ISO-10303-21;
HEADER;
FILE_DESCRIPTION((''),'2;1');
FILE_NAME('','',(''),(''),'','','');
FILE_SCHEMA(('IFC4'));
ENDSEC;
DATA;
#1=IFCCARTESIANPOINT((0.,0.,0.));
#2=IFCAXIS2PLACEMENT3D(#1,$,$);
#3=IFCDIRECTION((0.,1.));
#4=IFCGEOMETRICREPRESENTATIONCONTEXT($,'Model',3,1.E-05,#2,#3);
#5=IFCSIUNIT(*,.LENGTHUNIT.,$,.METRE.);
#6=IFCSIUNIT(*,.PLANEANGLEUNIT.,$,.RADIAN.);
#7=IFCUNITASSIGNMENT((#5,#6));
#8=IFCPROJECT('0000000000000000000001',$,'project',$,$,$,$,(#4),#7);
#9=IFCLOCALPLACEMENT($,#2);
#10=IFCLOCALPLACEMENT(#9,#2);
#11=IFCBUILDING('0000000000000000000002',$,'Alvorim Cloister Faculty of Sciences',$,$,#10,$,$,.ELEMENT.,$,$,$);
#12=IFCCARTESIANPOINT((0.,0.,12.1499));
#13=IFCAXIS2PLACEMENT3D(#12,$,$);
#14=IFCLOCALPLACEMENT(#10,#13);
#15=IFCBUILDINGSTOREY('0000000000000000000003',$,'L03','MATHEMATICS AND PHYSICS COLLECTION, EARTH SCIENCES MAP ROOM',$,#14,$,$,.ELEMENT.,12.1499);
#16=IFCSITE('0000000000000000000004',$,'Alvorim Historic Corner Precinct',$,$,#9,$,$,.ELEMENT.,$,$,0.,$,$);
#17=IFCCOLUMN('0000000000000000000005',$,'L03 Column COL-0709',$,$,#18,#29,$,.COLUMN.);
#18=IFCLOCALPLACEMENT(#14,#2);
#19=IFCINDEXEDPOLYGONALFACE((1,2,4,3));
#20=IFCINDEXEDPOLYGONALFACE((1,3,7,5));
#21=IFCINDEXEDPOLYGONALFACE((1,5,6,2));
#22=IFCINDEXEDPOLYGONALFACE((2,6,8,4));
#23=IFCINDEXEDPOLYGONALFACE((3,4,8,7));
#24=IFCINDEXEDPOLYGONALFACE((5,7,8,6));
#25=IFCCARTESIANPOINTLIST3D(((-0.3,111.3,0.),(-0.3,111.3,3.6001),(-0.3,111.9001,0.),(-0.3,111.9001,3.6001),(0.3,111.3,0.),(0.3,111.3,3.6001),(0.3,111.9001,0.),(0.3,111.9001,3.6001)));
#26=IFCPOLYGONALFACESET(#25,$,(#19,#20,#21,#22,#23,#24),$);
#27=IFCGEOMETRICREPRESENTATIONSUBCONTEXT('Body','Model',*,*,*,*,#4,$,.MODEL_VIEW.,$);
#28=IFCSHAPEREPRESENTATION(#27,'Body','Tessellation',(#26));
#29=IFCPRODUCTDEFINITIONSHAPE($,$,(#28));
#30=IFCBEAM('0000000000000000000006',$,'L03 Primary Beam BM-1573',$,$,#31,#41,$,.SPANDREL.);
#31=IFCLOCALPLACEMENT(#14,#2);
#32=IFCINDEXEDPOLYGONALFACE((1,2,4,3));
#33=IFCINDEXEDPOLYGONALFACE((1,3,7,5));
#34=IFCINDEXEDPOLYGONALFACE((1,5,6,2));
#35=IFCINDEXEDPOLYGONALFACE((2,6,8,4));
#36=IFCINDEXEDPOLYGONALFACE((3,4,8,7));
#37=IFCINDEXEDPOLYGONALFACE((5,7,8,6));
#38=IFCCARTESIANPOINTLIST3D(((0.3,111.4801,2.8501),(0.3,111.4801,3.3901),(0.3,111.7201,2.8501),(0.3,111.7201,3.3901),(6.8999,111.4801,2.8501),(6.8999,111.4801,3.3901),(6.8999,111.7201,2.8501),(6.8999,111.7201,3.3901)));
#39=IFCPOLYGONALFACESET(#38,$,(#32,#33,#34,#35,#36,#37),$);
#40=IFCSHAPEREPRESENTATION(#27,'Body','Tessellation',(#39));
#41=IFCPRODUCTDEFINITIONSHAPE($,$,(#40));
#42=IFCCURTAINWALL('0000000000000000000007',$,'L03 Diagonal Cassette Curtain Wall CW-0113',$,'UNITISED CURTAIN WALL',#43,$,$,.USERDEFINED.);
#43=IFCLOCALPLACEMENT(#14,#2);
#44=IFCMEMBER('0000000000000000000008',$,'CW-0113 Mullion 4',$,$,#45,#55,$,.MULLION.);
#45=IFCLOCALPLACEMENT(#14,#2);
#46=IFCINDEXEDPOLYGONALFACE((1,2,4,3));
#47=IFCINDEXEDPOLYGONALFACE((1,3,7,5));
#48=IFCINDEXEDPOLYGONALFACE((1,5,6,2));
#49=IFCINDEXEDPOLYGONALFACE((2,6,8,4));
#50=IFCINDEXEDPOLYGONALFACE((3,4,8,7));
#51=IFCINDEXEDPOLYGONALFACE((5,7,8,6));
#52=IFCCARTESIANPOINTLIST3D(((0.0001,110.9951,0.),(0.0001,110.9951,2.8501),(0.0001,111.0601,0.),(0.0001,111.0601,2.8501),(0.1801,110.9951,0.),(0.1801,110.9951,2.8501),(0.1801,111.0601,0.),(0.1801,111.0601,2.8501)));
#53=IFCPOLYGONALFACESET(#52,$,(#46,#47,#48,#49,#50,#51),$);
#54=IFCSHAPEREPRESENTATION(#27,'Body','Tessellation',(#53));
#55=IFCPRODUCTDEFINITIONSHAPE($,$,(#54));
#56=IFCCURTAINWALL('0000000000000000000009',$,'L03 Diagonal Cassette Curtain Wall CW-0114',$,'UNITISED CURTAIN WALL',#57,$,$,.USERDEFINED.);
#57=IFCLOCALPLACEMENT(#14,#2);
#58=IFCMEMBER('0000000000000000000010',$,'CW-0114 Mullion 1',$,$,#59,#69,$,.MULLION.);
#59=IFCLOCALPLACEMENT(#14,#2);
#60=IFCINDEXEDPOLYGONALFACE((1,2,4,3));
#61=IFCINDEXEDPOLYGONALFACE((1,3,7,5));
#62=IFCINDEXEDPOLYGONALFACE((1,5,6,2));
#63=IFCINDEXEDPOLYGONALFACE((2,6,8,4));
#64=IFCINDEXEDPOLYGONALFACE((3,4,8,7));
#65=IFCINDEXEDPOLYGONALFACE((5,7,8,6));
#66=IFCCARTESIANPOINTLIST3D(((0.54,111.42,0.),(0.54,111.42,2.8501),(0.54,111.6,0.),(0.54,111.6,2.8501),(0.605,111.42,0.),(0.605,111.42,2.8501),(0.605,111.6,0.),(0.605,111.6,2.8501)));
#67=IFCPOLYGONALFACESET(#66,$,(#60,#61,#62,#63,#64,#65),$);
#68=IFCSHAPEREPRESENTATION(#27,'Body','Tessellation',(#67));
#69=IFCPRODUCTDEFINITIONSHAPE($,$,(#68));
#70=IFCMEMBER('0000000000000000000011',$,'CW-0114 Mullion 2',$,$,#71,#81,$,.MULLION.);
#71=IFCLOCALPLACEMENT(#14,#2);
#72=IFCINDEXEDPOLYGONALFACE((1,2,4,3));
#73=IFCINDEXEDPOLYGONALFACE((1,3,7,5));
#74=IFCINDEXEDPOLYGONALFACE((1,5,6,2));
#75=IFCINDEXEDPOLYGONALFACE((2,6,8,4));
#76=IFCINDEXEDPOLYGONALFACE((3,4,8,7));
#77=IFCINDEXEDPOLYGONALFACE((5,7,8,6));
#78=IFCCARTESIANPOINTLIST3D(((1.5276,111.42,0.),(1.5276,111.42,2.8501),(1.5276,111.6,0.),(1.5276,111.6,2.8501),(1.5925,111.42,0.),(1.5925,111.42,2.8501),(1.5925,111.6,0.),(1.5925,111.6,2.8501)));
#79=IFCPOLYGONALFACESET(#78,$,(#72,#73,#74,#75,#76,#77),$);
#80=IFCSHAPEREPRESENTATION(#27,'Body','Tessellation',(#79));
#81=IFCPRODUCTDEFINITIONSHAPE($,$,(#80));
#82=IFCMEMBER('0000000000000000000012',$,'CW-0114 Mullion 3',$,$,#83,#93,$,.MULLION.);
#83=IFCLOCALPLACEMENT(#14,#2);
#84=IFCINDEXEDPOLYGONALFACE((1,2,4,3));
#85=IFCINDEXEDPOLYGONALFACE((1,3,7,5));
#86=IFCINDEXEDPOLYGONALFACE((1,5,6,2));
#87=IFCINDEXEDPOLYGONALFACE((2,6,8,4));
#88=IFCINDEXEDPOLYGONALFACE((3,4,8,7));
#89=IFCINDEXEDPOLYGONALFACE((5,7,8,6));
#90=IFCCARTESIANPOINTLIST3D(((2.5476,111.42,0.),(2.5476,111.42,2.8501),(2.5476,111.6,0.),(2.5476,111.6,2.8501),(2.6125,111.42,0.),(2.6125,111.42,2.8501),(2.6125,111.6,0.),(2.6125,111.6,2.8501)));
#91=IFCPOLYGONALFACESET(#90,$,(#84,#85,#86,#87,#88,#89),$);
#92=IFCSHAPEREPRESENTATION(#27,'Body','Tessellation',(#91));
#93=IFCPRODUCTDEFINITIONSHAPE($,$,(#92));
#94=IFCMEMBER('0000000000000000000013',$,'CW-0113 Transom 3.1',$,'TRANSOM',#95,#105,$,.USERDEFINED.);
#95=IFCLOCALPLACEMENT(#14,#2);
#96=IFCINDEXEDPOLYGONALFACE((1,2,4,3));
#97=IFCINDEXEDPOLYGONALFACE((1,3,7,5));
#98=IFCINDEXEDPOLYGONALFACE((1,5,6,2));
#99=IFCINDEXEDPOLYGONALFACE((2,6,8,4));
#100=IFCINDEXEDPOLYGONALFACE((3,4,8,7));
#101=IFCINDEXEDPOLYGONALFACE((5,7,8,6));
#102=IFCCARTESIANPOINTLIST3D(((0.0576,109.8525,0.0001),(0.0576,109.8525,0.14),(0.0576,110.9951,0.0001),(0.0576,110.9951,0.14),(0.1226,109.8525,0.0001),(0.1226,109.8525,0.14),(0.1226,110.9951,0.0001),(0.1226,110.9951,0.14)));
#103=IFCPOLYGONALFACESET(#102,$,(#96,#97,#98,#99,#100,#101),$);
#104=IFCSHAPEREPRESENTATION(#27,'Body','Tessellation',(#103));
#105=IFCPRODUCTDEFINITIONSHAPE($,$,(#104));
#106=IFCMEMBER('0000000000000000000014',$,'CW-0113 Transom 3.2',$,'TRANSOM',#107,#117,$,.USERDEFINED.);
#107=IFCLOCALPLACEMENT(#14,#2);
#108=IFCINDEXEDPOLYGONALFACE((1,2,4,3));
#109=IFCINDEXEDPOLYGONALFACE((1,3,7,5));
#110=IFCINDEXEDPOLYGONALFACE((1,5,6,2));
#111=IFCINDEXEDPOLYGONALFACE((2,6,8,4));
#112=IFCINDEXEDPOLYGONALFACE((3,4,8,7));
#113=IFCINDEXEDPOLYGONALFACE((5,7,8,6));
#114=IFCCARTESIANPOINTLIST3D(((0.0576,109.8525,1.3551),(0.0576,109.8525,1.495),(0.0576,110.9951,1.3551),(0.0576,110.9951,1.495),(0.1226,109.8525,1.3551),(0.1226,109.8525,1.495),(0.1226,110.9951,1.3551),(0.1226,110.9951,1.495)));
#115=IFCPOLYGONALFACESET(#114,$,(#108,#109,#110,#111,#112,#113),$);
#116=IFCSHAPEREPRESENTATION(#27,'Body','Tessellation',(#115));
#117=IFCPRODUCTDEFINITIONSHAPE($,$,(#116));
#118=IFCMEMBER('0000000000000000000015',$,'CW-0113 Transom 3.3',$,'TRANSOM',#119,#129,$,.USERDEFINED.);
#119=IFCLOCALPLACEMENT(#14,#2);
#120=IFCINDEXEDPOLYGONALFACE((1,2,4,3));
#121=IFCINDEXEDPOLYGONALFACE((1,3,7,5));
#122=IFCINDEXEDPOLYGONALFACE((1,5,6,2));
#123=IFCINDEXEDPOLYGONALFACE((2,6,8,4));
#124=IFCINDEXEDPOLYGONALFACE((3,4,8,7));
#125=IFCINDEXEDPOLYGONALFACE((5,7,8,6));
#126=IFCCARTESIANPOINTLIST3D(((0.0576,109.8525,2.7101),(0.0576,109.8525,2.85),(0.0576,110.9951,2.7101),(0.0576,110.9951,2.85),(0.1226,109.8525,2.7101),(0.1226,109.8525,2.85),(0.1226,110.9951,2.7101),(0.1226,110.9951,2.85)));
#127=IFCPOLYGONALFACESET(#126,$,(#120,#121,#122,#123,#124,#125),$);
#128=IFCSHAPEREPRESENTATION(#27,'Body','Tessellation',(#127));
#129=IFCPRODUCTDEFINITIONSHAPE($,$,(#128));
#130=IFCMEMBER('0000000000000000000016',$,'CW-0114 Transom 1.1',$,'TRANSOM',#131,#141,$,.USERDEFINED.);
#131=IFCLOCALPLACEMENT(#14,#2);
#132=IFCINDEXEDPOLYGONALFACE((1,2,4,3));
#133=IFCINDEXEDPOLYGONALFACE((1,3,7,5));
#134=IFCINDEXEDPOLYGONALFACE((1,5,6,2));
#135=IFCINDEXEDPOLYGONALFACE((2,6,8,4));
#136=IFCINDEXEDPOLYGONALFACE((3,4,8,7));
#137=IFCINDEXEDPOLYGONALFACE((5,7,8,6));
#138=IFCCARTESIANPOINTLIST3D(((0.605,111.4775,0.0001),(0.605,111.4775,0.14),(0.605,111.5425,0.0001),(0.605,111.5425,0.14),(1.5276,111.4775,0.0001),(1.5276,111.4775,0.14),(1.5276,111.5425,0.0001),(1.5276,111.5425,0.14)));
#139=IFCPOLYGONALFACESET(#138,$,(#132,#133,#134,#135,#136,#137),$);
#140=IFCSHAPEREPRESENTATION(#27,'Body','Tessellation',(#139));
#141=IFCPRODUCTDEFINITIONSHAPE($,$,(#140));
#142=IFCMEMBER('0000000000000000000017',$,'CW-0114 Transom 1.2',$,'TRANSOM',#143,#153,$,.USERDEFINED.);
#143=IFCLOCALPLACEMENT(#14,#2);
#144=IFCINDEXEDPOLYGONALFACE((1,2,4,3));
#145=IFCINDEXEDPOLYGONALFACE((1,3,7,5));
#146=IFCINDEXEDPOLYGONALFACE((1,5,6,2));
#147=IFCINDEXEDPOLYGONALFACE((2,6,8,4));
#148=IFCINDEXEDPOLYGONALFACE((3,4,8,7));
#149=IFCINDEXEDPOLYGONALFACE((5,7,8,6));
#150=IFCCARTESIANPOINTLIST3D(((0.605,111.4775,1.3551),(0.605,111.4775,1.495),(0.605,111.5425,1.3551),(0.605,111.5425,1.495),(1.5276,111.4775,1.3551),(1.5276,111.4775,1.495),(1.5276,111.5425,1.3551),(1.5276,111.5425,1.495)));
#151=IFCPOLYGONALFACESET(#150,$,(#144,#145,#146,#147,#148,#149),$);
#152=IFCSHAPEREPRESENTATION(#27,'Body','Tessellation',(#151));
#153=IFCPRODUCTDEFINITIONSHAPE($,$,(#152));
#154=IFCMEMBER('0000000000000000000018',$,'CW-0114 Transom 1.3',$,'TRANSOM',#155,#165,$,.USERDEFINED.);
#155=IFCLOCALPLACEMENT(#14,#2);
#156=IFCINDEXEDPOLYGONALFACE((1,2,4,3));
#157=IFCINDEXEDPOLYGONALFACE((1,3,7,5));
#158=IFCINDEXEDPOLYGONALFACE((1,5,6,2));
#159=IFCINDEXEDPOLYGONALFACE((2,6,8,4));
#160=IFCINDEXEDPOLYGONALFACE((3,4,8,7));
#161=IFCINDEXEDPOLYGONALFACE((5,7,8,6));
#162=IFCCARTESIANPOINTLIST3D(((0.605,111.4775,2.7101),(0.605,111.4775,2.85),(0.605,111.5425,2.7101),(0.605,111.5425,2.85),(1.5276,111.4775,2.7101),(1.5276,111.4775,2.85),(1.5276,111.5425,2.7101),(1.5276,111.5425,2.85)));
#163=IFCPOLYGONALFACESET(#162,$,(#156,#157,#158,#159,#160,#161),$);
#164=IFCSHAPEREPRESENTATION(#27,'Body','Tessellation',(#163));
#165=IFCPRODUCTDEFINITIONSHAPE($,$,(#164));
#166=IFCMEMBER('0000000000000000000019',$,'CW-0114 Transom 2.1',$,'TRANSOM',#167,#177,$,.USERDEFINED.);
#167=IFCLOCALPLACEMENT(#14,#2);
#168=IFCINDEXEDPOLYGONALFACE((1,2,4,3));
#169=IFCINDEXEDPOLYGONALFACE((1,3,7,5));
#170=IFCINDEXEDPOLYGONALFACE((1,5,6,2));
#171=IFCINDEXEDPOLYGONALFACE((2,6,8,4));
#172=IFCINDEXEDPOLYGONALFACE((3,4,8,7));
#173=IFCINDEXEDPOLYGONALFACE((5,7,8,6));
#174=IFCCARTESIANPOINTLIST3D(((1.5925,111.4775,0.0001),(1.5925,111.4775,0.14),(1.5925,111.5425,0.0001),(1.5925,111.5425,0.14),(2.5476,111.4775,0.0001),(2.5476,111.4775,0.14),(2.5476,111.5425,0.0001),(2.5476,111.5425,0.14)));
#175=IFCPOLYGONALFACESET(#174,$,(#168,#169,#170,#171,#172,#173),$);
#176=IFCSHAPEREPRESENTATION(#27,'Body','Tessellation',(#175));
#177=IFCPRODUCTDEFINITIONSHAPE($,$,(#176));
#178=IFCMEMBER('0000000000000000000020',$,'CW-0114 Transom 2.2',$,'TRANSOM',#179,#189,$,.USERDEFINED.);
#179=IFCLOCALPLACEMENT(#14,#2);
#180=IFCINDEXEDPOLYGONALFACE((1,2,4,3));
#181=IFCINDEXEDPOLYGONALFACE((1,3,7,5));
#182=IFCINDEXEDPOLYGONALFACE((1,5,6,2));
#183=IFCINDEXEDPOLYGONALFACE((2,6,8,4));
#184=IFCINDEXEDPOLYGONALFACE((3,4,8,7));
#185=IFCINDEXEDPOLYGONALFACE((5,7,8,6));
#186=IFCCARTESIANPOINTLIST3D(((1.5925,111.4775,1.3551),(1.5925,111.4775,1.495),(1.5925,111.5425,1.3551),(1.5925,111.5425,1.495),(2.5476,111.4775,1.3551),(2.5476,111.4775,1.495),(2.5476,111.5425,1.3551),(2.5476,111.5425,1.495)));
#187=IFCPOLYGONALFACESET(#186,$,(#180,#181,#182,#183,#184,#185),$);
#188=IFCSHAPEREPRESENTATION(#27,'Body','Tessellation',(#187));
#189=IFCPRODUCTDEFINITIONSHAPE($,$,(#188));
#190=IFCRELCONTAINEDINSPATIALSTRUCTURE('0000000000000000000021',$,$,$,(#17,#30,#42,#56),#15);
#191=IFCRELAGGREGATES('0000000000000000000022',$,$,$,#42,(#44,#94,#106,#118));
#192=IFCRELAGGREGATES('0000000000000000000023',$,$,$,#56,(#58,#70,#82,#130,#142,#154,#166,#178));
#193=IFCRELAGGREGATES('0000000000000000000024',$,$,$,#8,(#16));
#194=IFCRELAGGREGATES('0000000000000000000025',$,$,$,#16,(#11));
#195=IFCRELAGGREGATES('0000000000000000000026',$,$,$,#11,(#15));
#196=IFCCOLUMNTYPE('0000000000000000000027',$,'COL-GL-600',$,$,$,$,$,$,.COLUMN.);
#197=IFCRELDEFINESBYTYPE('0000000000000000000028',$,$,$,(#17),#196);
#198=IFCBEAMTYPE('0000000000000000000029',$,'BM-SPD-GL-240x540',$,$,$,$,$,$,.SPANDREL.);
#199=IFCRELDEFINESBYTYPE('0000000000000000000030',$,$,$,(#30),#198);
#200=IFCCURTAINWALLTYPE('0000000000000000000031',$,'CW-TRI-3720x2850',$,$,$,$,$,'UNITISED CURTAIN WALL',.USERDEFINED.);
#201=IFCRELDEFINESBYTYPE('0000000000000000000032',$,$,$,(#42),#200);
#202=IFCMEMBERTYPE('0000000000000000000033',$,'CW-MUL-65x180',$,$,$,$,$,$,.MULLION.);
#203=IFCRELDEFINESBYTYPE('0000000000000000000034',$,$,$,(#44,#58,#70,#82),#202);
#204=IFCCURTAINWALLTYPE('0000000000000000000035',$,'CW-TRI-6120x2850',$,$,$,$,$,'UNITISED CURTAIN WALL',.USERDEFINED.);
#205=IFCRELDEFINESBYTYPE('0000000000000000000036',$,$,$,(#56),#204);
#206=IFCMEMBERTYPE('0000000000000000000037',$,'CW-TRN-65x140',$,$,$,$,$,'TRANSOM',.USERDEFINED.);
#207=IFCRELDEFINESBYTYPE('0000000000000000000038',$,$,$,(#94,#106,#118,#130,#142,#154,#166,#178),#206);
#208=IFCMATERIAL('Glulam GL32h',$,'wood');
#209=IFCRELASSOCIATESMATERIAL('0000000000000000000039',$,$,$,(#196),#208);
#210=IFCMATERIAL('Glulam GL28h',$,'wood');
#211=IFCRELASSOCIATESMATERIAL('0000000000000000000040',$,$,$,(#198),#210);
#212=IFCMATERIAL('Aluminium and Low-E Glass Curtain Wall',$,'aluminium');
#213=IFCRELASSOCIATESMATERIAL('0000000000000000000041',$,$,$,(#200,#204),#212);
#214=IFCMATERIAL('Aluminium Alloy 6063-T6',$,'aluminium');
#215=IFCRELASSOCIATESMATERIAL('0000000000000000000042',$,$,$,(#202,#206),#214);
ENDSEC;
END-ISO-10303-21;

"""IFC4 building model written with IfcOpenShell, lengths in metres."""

from ifc_helpers import new_model, si_unit, direction, frame, origin, origin_2d, place, context, subcontext, project, spatial, rectangle, extrude, material, material_profile, profile_set, type_object, element, aggregate, save


model = new_model("IFC4")

# Units and contexts
model_context = context("Model", 3, precision=1e-05, world=origin(), true_north=direction((0.0, 1.0)))
body_context = subcontext(model_context, "Body", "Model", "MODEL_VIEW")
ifc_project = project(units=[si_unit("LENGTHUNIT", "METRE"), si_unit("PLANEANGLEUNIT", "RADIAN")], contexts=[model_context])

# Site, building, storey
site_placement = place(None, origin())
site = spatial("IfcSite", under=ifc_project, at=site_placement, Name="Alvorim Historic Corner Precinct", CompositionType="ELEMENT", RefElevation=0.0)
building_placement = place(site_placement, origin())
building = spatial("IfcBuilding", under=site, at=building_placement, Name="Alvorim Cloister Faculty of Sciences", CompositionType="ELEMENT")
storey_placement = place(building_placement, frame((0.0, 0.0, 12.1499)))
storey = spatial("IfcBuildingStorey", under=building, at=storey_placement, Name="L03", Description="MATHEMATICS AND PHYSICS COLLECTION, EARTH SCIENCES MAP ROOM", CompositionType="ELEMENT", Elevation=12.1499)

# Column
ifc_material_1 = material(Name="Glulam GL32h", Category="wood")
ifc_material_profile_1 = material_profile(ifc_material_1, rectangle(XDim=0.6001, YDim=0.6001, at=origin_2d()), Name="GL32-COL-600x600")
ifc_profile_set_1 = profile_set([ifc_material_profile_1], Name="Glulam GL32h")
column_type = type_object("IfcColumnType", Name="COL-GL-600", PredefinedType="COLUMN", material=ifc_profile_set_1)
column_placement = place(storey_placement, frame((0.0, 111.6001, 0.0), z_axis=(0.0, 0.0, 1.0), x_axis=(1.0, 0.0, 0.0)))
element("IfcColumn", 1, at=column_placement, inside=storey, type_object=column_type, Name="L03 Column COL-0709", PredefinedType="COLUMN", context=body_context, shape_type="SweptSolid", body=[
    extrude(rectangle(XDim=0.6001, YDim=0.6001, at=origin_2d()), origin(), (0.0, 0.0, 1.0), 3.6001),
])

# Beam
ifc_material_2 = material(Name="Glulam GL28h", Category="wood")
ifc_material_profile_2 = material_profile(ifc_material_2, rectangle(XDim=0.24, YDim=0.54, at=origin_2d()), Name="GL28-SPD-240x540")
ifc_profile_set_2 = profile_set([ifc_material_profile_2], Name="Glulam GL28h")
beam_type = type_object("IfcBeamType", Name="BM-SPD-GL-240x540", PredefinedType="SPANDREL", material=ifc_profile_set_2)
beam_placement = place(storey_placement, frame((0.3, 111.6001, 3.1201), z_axis=(1.0, 0.0, 0.0), x_axis=(0.0, 1.0, 0.0)))
element("IfcBeam", 2, at=beam_placement, inside=storey, type_object=beam_type, Name="L03 Primary Beam BM-1573", PredefinedType="SPANDREL", context=body_context, shape_type="SweptSolid", body=[
    extrude(rectangle(XDim=0.24, YDim=0.54, at=origin_2d()), origin(), (0.0, 0.0, 1.0), 6.5999),
])

# Curtain wall, member
ifc_material_3 = material(Name="Aluminium and Low-E Glass Curtain Wall", Category="aluminium")
curtain_wall_type_1 = type_object("IfcCurtainWallType", Name="CW-TRI-3720x2850", ElementType="UNITISED CURTAIN WALL", PredefinedType="USERDEFINED", material=ifc_material_3)
curtain_wall_1_placement = place(storey_placement, origin())
curtain_wall_1 = element("IfcCurtainWall", 3, at=curtain_wall_1_placement, inside=storey, type_object=curtain_wall_type_1, Name="L03 Diagonal Cassette Curtain Wall CW-0113", ObjectType="UNITISED CURTAIN WALL", PredefinedType="USERDEFINED")
ifc_material_4 = material(Name="Aluminium Alloy 6063-T6", Category="aluminium")
ifc_material_profile_3 = material_profile(ifc_material_4, rectangle(XDim=0.0649, YDim=0.1799, at=origin_2d()), Name="ALU-MUL-65x180")
ifc_profile_set_3 = profile_set([ifc_material_profile_3], Name="Aluminium Alloy 6063-T6")
member_type_1 = type_object("IfcMemberType", Name="CW-MUL-65x180", PredefinedType="MULLION", material=ifc_profile_set_3)
member_1_placement = place(storey_placement, frame((0.0901, 111.0276, 0.0), z_axis=(0.0, 0.0, 1.0), x_axis=(0.0, 1.0, 0.0)))
member_1 = element("IfcMember", 4, at=member_1_placement, type_object=member_type_1, Name="CW-0113 Mullion 4", PredefinedType="MULLION", context=body_context, shape_type="SweptSolid", body=[
    extrude(rectangle(XDim=0.0649, YDim=0.1799, at=origin_2d()), origin(), (0.0, 0.0, 1.0), 2.8501),
])

# Curtain wall, members
curtain_wall_type_2 = type_object("IfcCurtainWallType", Name="CW-TRI-6120x2850", ElementType="UNITISED CURTAIN WALL", PredefinedType="USERDEFINED", material=ifc_material_3)
curtain_wall_2_placement = place(storey_placement, origin())
curtain_wall_2 = element("IfcCurtainWall", 5, at=curtain_wall_2_placement, inside=storey, type_object=curtain_wall_type_2, Name="L03 Diagonal Cassette Curtain Wall CW-0114", ObjectType="UNITISED CURTAIN WALL", PredefinedType="USERDEFINED")
member_2_placement = place(storey_placement, frame((0.5725, 111.51, 0.0), z_axis=(0.0, 0.0, 1.0), x_axis=(1.0, 0.0, 0.0)))
member_2 = element("IfcMember", 6, at=member_2_placement, type_object=member_type_1, Name="CW-0114 Mullion 1", PredefinedType="MULLION", context=body_context, shape_type="SweptSolid", body=[
    extrude(rectangle(XDim=0.0649, YDim=0.1799, at=origin_2d()), origin(), (0.0, 0.0, 1.0), 2.8501),
])
member_3_placement = place(storey_placement, frame((1.5601, 111.51, 0.0), z_axis=(0.0, 0.0, 1.0), x_axis=(1.0, 0.0, 0.0)))
member_3 = element("IfcMember", 7, at=member_3_placement, type_object=member_type_1, Name="CW-0114 Mullion 2", PredefinedType="MULLION", context=body_context, shape_type="SweptSolid", body=[
    extrude(rectangle(XDim=0.0649, YDim=0.1799, at=origin_2d()), origin(), (0.0, 0.0, 1.0), 2.8501),
])
member_4_placement = place(storey_placement, frame((2.5801, 111.51, 0.0), z_axis=(0.0, 0.0, 1.0), x_axis=(1.0, 0.0, 0.0)))
member_4 = element("IfcMember", 8, at=member_4_placement, type_object=member_type_1, Name="CW-0114 Mullion 3", PredefinedType="MULLION", context=body_context, shape_type="SweptSolid", body=[
    extrude(rectangle(XDim=0.0649, YDim=0.1799, at=origin_2d()), origin(), (0.0, 0.0, 1.0), 2.8501),
])

# Members
ifc_material_profile_4 = material_profile(ifc_material_4, rectangle(XDim=0.0649, YDim=0.1399, at=origin_2d()), Name="ALU-TRN-65x140")
ifc_profile_set_4 = profile_set([ifc_material_profile_4], Name="Aluminium Alloy 6063-T6")
member_type_2 = type_object("IfcMemberType", Name="CW-TRN-65x140", ElementType="TRANSOM", PredefinedType="USERDEFINED", material=ifc_profile_set_4)
member_5_placement = place(storey_placement, frame((0.0901, 109.8525, 0.0701), z_axis=(0.0, 1.0, 0.0), x_axis=(-1.0, 0.0, 0.0)))
member_5 = element("IfcMember", 9, at=member_5_placement, type_object=member_type_2, Name="CW-0113 Transom 3.1", ObjectType="TRANSOM", PredefinedType="USERDEFINED", context=body_context, shape_type="SweptSolid", body=[
    extrude(rectangle(XDim=0.0649, YDim=0.1399, at=origin_2d()), origin(), (0.0, 0.0, 1.0), 1.1426),
])
member_6_placement = place(storey_placement, frame((0.0901, 109.8525, 1.425), z_axis=(0.0, 1.0, 0.0), x_axis=(-1.0, 0.0, 0.0)))
member_6 = element("IfcMember", 10, at=member_6_placement, type_object=member_type_2, Name="CW-0113 Transom 3.2", ObjectType="TRANSOM", PredefinedType="USERDEFINED", context=body_context, shape_type="SweptSolid", body=[
    extrude(rectangle(XDim=0.0649, YDim=0.1399, at=origin_2d()), origin(), (0.0, 0.0, 1.0), 1.1426),
])
member_7_placement = place(storey_placement, frame((0.0901, 109.8525, 2.78), z_axis=(0.0, 1.0, 0.0), x_axis=(-1.0, 0.0, 0.0)))
member_7 = element("IfcMember", 11, at=member_7_placement, type_object=member_type_2, Name="CW-0113 Transom 3.3", ObjectType="TRANSOM", PredefinedType="USERDEFINED", context=body_context, shape_type="SweptSolid", body=[
    extrude(rectangle(XDim=0.0649, YDim=0.1399, at=origin_2d()), origin(), (0.0, 0.0, 1.0), 1.1426),
])
aggregate(curtain_wall_1, [member_1, member_5, member_6, member_7])
member_8_placement = place(storey_placement, frame((0.605, 111.51, 0.0701), z_axis=(1.0, 0.0, 0.0), x_axis=(0.0, 1.0, 0.0)))
member_8 = element("IfcMember", 12, at=member_8_placement, type_object=member_type_2, Name="CW-0114 Transom 1.1", ObjectType="TRANSOM", PredefinedType="USERDEFINED", context=body_context, shape_type="SweptSolid", body=[
    extrude(rectangle(XDim=0.0649, YDim=0.1399, at=origin_2d()), origin(), (0.0, 0.0, 1.0), 0.9226),
])
member_9_placement = place(storey_placement, frame((0.605, 111.51, 1.425), z_axis=(1.0, 0.0, 0.0), x_axis=(0.0, 1.0, 0.0)))
member_9 = element("IfcMember", 13, at=member_9_placement, type_object=member_type_2, Name="CW-0114 Transom 1.2", ObjectType="TRANSOM", PredefinedType="USERDEFINED", context=body_context, shape_type="SweptSolid", body=[
    extrude(rectangle(XDim=0.0649, YDim=0.1399, at=origin_2d()), origin(), (0.0, 0.0, 1.0), 0.9226),
])
member_10_placement = place(storey_placement, frame((0.605, 111.51, 2.78), z_axis=(1.0, 0.0, 0.0), x_axis=(0.0, 1.0, 0.0)))
member_10 = element("IfcMember", 14, at=member_10_placement, type_object=member_type_2, Name="CW-0114 Transom 1.3", ObjectType="TRANSOM", PredefinedType="USERDEFINED", context=body_context, shape_type="SweptSolid", body=[
    extrude(rectangle(XDim=0.0649, YDim=0.1399, at=origin_2d()), origin(), (0.0, 0.0, 1.0), 0.9226),
])
member_11_placement = place(storey_placement, frame((1.5925, 111.51, 0.0701), z_axis=(1.0, 0.0, 0.0), x_axis=(0.0, 1.0, 0.0)))
member_11 = element("IfcMember", 15, at=member_11_placement, type_object=member_type_2, Name="CW-0114 Transom 2.1", ObjectType="TRANSOM", PredefinedType="USERDEFINED", context=body_context, shape_type="SweptSolid", body=[
    extrude(rectangle(XDim=0.0649, YDim=0.1399, at=origin_2d()), origin(), (0.0, 0.0, 1.0), 0.9551),
])
member_12_placement = place(storey_placement, frame((1.5925, 111.51, 1.425), z_axis=(1.0, 0.0, 0.0), x_axis=(0.0, 1.0, 0.0)))
member_12 = element("IfcMember", 16, at=member_12_placement, type_object=member_type_2, Name="CW-0114 Transom 2.2", ObjectType="TRANSOM", PredefinedType="USERDEFINED", context=body_context, shape_type="SweptSolid", body=[
    extrude(rectangle(XDim=0.0649, YDim=0.1399, at=origin_2d()), origin(), (0.0, 0.0, 1.0), 0.9551),
])

aggregate(curtain_wall_2, [member_2, member_3, member_4, member_8, member_9, member_10, member_11, member_12])

save(model, "model.ifc")
